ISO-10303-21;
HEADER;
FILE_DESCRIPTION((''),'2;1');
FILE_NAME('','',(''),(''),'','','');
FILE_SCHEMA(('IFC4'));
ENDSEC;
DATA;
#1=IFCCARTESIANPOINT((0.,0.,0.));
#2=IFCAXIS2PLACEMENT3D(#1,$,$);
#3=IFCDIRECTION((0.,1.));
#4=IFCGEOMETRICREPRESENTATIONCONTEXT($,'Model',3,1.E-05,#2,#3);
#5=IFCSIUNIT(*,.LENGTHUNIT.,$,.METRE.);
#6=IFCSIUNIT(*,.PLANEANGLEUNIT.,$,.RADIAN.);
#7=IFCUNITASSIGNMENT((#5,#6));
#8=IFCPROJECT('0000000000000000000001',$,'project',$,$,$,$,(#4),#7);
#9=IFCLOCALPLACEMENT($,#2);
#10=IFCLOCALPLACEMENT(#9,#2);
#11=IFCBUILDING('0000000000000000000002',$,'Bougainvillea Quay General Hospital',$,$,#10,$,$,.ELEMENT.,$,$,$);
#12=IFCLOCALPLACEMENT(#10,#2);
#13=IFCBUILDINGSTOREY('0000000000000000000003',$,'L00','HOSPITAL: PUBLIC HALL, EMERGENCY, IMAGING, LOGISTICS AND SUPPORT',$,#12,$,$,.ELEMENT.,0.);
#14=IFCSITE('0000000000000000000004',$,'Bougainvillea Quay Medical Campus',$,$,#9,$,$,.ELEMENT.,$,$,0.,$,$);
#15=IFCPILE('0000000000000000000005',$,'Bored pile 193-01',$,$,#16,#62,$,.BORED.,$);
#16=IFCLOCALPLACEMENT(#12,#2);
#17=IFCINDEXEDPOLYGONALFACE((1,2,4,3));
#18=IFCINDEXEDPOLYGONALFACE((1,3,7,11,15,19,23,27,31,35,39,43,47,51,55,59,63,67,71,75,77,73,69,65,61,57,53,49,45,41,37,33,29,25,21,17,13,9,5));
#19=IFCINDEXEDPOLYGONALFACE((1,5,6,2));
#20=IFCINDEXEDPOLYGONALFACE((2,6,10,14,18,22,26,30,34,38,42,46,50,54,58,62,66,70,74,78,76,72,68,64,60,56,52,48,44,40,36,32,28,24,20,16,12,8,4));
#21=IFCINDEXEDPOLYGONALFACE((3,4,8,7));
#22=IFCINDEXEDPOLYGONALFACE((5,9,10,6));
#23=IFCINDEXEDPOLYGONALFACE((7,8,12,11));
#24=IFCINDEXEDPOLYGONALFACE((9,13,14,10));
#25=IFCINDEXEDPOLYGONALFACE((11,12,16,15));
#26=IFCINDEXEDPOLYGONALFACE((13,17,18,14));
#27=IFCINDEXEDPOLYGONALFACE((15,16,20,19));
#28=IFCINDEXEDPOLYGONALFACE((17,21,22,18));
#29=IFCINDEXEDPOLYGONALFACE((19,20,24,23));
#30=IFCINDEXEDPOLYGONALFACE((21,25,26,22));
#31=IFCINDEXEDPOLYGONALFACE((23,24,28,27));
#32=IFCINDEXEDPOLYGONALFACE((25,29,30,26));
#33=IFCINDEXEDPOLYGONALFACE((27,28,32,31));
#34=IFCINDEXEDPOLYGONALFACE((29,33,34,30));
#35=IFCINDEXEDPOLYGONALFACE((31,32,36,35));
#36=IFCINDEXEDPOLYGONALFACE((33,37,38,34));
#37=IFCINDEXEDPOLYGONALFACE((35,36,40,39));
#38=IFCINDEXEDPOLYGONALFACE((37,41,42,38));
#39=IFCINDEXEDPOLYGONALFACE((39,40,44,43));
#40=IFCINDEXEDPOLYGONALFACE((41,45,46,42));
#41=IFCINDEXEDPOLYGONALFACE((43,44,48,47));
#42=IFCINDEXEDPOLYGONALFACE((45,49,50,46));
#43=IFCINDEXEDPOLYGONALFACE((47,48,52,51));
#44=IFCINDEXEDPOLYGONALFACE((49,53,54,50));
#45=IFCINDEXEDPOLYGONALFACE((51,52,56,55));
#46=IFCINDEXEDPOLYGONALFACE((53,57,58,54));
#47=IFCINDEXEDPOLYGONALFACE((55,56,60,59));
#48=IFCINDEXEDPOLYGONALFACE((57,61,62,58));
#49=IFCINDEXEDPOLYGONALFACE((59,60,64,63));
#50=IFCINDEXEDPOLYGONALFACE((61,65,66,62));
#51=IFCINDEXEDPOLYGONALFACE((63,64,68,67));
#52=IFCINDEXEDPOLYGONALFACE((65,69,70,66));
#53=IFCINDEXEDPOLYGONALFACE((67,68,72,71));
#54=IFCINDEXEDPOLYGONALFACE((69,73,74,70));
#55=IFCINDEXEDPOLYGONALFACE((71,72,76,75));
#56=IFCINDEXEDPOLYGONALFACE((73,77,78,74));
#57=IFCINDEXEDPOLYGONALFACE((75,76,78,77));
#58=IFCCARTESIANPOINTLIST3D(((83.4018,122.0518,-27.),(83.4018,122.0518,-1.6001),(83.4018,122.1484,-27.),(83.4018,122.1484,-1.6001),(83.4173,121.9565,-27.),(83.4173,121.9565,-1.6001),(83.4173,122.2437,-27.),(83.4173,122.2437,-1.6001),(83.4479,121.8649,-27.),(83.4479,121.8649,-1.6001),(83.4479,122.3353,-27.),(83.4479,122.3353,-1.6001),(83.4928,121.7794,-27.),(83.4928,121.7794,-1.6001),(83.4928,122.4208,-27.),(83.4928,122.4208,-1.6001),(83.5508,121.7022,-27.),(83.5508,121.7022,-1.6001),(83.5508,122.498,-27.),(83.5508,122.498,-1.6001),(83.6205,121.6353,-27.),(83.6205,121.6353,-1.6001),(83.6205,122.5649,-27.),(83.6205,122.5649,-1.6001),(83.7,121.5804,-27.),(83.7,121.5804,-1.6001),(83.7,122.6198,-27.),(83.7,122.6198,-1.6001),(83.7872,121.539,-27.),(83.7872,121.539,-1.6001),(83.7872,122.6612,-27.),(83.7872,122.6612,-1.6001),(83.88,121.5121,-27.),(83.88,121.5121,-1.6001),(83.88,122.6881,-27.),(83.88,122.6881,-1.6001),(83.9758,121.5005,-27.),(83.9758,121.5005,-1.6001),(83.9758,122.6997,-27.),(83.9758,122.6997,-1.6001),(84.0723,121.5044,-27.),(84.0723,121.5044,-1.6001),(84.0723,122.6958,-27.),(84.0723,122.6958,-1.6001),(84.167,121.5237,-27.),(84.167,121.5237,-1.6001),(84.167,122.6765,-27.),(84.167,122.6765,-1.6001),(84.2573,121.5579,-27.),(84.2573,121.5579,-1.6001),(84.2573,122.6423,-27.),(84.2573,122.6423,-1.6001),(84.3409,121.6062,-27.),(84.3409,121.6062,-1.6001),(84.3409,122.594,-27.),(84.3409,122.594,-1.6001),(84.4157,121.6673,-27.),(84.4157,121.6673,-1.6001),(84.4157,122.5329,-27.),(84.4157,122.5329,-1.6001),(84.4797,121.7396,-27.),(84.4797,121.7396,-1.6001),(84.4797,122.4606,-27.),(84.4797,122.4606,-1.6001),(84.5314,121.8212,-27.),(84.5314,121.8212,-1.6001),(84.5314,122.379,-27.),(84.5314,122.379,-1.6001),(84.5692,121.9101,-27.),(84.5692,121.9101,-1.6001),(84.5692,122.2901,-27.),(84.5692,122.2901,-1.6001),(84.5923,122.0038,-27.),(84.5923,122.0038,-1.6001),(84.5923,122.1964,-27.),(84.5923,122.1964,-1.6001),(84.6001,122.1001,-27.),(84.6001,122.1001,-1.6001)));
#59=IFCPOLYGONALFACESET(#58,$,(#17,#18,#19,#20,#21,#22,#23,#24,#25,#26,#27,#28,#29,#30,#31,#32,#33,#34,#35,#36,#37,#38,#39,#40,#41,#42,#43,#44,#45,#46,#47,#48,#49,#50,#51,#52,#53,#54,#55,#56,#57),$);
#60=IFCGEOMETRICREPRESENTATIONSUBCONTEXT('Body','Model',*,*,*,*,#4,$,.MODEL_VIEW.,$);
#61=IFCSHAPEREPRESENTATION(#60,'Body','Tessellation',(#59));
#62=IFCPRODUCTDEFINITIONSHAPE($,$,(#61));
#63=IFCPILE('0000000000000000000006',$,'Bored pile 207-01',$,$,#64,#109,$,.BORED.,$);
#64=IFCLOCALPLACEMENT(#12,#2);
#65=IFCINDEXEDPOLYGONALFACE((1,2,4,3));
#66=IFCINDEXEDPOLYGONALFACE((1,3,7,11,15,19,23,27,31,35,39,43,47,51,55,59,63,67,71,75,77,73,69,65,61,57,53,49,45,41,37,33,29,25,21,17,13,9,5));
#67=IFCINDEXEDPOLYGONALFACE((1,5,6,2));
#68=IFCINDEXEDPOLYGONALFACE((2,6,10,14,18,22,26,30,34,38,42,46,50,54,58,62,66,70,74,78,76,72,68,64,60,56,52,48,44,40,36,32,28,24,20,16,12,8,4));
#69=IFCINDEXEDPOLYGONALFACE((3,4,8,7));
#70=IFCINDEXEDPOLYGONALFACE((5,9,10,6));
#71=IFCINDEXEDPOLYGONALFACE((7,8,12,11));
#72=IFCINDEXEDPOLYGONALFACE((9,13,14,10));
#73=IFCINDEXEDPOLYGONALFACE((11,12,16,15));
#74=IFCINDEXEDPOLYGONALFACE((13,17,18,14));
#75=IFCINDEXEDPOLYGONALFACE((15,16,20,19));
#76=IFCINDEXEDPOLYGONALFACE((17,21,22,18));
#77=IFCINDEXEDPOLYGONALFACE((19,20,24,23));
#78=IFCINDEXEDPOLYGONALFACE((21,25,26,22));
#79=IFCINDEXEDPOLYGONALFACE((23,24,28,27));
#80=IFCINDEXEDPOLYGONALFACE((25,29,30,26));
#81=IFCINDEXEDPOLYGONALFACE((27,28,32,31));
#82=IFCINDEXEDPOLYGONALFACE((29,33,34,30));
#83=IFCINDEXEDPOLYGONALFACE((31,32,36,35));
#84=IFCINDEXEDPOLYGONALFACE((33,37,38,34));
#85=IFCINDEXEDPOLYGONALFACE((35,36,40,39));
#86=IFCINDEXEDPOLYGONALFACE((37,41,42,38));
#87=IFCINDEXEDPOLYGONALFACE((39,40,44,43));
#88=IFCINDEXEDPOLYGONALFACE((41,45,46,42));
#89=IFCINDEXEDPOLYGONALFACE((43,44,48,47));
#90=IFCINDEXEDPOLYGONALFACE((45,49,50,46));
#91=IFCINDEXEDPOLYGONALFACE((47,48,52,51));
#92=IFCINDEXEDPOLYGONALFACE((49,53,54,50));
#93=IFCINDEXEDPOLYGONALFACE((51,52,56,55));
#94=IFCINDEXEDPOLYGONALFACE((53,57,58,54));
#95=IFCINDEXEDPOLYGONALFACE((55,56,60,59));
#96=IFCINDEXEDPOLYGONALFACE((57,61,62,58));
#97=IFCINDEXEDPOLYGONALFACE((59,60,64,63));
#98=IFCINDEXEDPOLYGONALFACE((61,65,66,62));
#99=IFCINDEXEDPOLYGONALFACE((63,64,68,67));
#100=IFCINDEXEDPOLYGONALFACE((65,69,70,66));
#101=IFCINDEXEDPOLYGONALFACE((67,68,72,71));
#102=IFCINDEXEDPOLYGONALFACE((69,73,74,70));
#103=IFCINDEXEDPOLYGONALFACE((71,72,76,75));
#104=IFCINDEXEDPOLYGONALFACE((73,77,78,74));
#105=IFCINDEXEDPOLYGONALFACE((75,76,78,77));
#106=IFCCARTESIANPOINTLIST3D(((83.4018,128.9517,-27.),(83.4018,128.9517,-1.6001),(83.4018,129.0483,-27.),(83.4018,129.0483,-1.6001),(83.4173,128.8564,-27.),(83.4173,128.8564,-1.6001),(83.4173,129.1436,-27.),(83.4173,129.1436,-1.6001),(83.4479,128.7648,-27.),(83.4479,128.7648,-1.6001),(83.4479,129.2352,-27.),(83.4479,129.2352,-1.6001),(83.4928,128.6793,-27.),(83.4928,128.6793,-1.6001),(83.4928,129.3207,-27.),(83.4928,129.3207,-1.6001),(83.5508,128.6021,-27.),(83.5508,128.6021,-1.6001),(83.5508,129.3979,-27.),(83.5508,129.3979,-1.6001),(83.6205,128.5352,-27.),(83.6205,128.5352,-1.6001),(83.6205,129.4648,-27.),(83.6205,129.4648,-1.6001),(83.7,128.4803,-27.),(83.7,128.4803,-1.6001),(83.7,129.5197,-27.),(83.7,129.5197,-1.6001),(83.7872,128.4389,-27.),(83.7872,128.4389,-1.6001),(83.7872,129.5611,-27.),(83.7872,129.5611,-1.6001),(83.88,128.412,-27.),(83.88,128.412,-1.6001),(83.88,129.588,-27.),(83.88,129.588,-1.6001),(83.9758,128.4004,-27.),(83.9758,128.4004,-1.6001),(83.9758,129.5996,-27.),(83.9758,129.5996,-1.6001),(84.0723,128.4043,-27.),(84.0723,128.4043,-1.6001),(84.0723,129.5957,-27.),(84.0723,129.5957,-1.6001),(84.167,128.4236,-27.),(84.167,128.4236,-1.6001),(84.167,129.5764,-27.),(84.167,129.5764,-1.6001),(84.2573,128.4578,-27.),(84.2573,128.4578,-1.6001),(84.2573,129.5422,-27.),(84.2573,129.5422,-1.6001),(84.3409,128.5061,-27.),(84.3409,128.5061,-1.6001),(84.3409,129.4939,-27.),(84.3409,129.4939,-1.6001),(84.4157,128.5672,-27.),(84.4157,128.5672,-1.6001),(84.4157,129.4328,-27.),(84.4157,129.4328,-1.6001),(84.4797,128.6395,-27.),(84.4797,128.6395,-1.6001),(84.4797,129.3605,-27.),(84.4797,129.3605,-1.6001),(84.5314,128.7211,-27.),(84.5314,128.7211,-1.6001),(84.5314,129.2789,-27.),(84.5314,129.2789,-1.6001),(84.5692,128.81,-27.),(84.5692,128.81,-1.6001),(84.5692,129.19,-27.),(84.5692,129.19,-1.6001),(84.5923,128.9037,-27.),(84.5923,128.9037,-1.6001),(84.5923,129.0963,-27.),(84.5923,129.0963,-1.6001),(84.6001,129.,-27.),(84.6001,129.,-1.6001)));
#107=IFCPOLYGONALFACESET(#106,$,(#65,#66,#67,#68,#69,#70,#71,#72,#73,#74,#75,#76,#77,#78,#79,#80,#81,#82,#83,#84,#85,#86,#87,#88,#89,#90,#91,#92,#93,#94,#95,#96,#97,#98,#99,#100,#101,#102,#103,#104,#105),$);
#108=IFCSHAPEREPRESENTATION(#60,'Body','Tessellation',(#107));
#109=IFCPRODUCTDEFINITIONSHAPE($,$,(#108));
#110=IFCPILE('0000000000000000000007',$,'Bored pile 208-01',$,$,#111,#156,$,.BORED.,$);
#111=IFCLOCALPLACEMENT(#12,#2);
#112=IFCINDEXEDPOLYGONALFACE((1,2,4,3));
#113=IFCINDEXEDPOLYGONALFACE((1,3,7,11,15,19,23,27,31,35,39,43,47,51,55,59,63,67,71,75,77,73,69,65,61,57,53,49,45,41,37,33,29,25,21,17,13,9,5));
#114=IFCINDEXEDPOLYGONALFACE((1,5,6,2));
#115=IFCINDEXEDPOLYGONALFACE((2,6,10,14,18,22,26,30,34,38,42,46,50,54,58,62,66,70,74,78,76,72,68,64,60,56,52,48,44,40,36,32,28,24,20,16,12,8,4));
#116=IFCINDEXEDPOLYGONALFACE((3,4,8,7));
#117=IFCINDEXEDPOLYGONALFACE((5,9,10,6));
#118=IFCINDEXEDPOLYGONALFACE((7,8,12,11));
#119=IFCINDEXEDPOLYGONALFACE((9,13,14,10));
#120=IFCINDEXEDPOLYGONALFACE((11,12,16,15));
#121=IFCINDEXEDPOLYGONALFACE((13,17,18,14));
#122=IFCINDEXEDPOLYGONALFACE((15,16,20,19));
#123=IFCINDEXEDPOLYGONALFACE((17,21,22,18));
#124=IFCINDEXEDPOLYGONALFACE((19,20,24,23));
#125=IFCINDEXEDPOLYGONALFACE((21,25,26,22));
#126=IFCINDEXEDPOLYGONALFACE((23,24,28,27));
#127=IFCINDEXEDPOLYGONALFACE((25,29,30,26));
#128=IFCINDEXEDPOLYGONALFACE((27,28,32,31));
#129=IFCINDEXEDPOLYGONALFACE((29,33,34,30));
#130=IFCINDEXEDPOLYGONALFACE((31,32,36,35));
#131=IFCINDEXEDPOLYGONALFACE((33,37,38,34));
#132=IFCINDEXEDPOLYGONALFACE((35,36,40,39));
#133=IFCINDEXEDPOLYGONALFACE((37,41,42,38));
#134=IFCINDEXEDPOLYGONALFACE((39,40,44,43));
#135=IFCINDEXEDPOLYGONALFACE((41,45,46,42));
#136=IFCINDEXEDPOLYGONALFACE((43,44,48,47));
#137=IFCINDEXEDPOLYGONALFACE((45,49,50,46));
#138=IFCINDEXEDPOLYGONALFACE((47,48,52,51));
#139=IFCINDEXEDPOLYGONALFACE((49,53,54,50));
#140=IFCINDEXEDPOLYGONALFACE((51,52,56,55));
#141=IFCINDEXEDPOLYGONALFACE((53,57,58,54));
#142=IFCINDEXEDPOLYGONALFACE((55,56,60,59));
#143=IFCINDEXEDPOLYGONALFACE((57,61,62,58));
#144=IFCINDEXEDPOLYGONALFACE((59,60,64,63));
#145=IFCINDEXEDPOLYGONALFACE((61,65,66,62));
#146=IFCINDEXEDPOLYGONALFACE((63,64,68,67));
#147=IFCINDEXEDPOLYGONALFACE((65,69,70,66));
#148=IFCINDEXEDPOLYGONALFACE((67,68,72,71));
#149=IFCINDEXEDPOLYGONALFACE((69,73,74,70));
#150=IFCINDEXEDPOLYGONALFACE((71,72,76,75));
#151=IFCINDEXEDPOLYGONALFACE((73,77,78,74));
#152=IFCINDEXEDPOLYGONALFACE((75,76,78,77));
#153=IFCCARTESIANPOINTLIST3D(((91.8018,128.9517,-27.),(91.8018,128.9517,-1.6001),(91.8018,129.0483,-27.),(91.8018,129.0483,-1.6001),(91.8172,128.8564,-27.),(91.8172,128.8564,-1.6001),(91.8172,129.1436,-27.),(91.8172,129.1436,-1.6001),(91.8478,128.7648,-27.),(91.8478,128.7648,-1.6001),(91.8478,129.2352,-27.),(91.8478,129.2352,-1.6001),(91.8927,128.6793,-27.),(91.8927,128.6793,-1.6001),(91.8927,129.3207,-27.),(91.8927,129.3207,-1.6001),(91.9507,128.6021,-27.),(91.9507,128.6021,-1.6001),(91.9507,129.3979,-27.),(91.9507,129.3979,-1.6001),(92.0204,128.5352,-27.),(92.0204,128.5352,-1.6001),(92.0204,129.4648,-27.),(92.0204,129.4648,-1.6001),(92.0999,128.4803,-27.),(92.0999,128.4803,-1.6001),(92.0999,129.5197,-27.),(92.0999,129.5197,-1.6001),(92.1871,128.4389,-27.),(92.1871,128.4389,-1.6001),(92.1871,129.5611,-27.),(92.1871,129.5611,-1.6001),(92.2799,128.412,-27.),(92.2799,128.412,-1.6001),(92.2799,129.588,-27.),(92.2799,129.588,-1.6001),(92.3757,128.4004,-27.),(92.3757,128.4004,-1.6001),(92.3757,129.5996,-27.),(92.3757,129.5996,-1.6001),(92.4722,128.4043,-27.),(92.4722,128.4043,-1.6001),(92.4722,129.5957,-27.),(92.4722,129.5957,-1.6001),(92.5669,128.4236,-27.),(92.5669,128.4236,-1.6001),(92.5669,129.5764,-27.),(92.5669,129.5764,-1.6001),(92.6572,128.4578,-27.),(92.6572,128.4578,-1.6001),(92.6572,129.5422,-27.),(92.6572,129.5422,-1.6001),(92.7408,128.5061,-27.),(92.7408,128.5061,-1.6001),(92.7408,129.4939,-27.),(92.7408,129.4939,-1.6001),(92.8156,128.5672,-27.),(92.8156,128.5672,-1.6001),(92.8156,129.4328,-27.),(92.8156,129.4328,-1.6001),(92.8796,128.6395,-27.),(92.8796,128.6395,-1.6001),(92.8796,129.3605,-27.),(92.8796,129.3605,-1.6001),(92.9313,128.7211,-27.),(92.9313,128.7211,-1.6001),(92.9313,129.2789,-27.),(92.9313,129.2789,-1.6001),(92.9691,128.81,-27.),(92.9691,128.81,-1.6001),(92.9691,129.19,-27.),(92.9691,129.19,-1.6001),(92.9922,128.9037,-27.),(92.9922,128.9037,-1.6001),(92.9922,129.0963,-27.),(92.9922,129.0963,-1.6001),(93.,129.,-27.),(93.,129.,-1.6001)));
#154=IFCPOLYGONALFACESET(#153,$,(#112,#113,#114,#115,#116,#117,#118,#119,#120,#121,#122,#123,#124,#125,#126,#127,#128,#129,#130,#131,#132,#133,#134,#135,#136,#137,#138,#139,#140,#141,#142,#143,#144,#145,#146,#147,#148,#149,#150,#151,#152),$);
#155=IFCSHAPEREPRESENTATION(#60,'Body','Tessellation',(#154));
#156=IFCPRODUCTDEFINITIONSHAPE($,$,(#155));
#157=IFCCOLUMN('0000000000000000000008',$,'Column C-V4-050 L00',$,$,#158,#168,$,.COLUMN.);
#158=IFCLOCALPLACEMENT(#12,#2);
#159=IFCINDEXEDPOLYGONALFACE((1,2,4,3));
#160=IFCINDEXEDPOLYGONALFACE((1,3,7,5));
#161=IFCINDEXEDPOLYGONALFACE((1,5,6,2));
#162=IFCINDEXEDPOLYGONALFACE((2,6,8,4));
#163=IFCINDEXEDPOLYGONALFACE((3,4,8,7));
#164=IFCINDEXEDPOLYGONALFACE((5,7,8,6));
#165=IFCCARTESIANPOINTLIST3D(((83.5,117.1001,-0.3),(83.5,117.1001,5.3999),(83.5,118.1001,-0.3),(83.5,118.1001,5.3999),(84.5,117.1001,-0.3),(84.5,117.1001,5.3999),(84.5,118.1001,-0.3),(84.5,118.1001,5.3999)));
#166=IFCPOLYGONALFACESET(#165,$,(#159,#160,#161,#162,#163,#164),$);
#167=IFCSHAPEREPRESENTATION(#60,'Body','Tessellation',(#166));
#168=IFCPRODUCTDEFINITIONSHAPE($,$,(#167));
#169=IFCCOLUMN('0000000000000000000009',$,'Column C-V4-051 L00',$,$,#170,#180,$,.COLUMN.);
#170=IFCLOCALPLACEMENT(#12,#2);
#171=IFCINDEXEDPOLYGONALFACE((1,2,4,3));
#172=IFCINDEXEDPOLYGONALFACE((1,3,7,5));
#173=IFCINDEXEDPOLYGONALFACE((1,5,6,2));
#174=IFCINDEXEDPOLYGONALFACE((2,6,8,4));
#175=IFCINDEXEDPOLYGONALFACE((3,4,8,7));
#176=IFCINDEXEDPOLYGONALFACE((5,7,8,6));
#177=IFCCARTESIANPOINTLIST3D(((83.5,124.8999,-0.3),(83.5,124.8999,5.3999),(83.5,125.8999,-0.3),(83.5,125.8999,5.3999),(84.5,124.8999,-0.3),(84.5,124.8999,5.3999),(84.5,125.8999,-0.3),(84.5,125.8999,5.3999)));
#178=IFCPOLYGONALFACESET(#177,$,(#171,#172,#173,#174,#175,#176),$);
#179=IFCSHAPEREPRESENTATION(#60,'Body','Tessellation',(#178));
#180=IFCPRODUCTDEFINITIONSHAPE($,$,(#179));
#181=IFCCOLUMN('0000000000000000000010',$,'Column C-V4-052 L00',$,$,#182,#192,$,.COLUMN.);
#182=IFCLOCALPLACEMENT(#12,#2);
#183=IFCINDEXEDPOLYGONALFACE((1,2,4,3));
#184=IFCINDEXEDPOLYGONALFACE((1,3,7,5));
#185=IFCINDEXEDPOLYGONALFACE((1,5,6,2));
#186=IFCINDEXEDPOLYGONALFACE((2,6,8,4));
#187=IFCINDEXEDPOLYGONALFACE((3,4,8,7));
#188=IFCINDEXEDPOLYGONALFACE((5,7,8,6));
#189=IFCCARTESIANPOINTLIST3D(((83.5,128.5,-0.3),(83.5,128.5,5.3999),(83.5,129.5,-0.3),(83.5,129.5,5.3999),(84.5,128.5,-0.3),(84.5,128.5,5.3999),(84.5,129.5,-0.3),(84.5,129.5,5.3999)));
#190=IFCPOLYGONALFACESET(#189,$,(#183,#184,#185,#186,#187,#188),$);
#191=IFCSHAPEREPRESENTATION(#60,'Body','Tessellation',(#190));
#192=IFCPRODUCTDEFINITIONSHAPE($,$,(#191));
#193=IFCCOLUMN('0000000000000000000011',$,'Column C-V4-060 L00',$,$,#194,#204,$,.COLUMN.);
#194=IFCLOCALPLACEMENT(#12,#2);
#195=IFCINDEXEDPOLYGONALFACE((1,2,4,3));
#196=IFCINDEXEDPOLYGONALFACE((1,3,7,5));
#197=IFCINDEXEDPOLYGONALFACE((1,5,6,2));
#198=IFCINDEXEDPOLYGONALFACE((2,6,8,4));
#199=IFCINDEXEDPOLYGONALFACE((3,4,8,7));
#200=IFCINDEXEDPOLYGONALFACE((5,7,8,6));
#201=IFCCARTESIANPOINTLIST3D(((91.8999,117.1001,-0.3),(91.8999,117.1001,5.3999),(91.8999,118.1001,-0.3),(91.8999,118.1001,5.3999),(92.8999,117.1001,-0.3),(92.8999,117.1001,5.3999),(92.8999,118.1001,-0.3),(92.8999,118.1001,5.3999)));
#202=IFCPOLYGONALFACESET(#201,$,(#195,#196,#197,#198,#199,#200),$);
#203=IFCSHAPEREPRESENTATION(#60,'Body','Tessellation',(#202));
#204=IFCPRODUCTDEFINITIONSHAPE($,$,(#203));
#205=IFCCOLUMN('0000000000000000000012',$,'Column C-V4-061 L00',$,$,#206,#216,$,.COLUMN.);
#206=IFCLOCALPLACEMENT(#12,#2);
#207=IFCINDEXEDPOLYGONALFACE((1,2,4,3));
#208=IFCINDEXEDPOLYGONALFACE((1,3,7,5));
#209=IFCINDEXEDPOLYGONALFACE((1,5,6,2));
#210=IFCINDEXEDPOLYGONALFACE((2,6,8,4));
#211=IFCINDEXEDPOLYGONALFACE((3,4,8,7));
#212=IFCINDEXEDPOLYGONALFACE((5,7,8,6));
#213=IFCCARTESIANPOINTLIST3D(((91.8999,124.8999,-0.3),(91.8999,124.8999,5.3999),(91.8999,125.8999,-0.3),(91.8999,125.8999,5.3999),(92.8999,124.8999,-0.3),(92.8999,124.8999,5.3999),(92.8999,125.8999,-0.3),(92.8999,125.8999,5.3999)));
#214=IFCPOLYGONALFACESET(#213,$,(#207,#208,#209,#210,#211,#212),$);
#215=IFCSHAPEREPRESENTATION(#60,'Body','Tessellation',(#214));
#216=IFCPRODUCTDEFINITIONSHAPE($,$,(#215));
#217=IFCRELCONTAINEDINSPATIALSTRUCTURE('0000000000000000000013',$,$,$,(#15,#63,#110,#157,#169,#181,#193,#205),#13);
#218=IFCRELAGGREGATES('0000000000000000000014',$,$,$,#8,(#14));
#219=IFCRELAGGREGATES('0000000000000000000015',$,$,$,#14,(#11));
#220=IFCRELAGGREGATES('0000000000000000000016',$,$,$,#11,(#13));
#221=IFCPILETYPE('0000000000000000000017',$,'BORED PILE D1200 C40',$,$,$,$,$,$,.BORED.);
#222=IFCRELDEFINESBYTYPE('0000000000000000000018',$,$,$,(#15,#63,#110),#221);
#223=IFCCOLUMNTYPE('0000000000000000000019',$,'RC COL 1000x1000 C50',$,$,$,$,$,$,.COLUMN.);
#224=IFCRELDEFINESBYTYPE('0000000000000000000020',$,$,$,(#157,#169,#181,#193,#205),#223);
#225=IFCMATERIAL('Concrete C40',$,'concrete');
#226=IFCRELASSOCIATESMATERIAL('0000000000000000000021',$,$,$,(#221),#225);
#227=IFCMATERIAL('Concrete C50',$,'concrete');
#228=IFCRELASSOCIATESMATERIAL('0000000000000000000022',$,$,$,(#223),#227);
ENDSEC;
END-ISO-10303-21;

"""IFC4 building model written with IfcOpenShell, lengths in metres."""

from ifc_helpers import new_model, si_unit, direction, frame, origin, origin_2d, place, context, subcontext, project, spatial, rectangle, circle, extrude, material, material_profile, profile_set, type_object, element, save


model = new_model("IFC4")

# Units and contexts
model_context = context("Model", 3, precision=1e-05, world=origin(), true_north=direction((0.0, 1.0)))
body_context = subcontext(model_context, "Body", "Model", "MODEL_VIEW")
ifc_project = project(units=[si_unit("LENGTHUNIT", "METRE"), si_unit("PLANEANGLEUNIT", "RADIAN")], contexts=[model_context])

# Site, building, storey
site_placement = place(None, origin())
site = spatial("IfcSite", under=ifc_project, at=site_placement, Name="Bougainvillea Quay Medical Campus", CompositionType="ELEMENT", RefElevation=0.0)
building_placement = place(site_placement, origin())
building = spatial("IfcBuilding", under=site, at=building_placement, Name="Bougainvillea Quay General Hospital", CompositionType="ELEMENT")
storey_placement = place(building_placement, origin())
storey = spatial("IfcBuildingStorey", under=building, at=storey_placement, Name="L00", Description="HOSPITAL: PUBLIC HALL, EMERGENCY, IMAGING, LOGISTICS AND SUPPORT", CompositionType="ELEMENT", Elevation=0.0)

# Piles
ifc_material_1 = material(Name="Concrete C40", Category="concrete")
ifc_material_profile_1 = material_profile(ifc_material_1, circle(Radius=0.6001, at=origin_2d()))
ifc_profile_set_1 = profile_set([ifc_material_profile_1], Name="Concrete C40")
pile_type = type_object("IfcPileType", Name="BORED PILE D1200 C40", PredefinedType="BORED", material=ifc_profile_set_1)
for number, where, z_axis, x_axis, name in (
    (1, (84.0, 122.1001, -1.6001), (0.0, 0.0, -1.0), (1.0, 0.0, 0.0), "Bored pile 193-01"),
    (2, (84.0, 129.0, -1.6001), (0.0, 0.0, -1.0), (1.0, 0.0, 0.0), "Bored pile 207-01"),
    (3, (92.3999, 129.0, -1.6001), (0.0, 0.0, -1.0), (1.0, 0.0, 0.0), "Bored pile 208-01"),
):
    element("IfcPile", number, at=place(storey_placement, frame(where, z_axis=z_axis, x_axis=x_axis)), inside=storey, type_object=pile_type, Name=name, PredefinedType="BORED", context=body_context, shape_type="SweptSolid", body=[
        extrude(circle(Radius=0.6001, at=origin_2d()), origin(), (0.0, 0.0, 1.0), 25.3999),
    ])

# Columns
ifc_material_2 = material(Name="Concrete C50", Category="concrete")
ifc_material_profile_2 = material_profile(ifc_material_2, rectangle(XDim=1.0, YDim=1.0, at=origin_2d()))
ifc_profile_set_2 = profile_set([ifc_material_profile_2], Name="Concrete C50")
column_type = type_object("IfcColumnType", Name="RC COL 1000x1000 C50", PredefinedType="COLUMN", material=ifc_profile_set_2)
for number, where, z_axis, x_axis, name in (
    (4, (84.0, 117.6001, -0.3), (0.0, 0.0, 1.0), (1.0, 0.0, 0.0), "Column C-V4-050 L00"),
    (5, (84.0, 125.3999, -0.3), (0.0, 0.0, 1.0), (1.0, 0.0, 0.0), "Column C-V4-051 L00"),
    (6, (84.0, 129.0, -0.3), (0.0, 0.0, 1.0), (1.0, 0.0, 0.0), "Column C-V4-052 L00"),
    (7, (92.3999, 117.6001, -0.3), (0.0, 0.0, 1.0), (1.0, 0.0, 0.0), "Column C-V4-060 L00"),
    (8, (92.3999, 125.3999, -0.3), (0.0, 0.0, 1.0), (1.0, 0.0, 0.0), "Column C-V4-061 L00"),
):
    element("IfcColumn", number, at=place(storey_placement, frame(where, z_axis=z_axis, x_axis=x_axis)), inside=storey, type_object=column_type, Name=name, PredefinedType="COLUMN", context=body_context, shape_type="SweptSolid", body=[
        extrude(rectangle(XDim=1.0, YDim=1.0, at=origin_2d()), origin(), (0.0, 0.0, 1.0), 5.7),
    ])

save(model, "model.ifc")
